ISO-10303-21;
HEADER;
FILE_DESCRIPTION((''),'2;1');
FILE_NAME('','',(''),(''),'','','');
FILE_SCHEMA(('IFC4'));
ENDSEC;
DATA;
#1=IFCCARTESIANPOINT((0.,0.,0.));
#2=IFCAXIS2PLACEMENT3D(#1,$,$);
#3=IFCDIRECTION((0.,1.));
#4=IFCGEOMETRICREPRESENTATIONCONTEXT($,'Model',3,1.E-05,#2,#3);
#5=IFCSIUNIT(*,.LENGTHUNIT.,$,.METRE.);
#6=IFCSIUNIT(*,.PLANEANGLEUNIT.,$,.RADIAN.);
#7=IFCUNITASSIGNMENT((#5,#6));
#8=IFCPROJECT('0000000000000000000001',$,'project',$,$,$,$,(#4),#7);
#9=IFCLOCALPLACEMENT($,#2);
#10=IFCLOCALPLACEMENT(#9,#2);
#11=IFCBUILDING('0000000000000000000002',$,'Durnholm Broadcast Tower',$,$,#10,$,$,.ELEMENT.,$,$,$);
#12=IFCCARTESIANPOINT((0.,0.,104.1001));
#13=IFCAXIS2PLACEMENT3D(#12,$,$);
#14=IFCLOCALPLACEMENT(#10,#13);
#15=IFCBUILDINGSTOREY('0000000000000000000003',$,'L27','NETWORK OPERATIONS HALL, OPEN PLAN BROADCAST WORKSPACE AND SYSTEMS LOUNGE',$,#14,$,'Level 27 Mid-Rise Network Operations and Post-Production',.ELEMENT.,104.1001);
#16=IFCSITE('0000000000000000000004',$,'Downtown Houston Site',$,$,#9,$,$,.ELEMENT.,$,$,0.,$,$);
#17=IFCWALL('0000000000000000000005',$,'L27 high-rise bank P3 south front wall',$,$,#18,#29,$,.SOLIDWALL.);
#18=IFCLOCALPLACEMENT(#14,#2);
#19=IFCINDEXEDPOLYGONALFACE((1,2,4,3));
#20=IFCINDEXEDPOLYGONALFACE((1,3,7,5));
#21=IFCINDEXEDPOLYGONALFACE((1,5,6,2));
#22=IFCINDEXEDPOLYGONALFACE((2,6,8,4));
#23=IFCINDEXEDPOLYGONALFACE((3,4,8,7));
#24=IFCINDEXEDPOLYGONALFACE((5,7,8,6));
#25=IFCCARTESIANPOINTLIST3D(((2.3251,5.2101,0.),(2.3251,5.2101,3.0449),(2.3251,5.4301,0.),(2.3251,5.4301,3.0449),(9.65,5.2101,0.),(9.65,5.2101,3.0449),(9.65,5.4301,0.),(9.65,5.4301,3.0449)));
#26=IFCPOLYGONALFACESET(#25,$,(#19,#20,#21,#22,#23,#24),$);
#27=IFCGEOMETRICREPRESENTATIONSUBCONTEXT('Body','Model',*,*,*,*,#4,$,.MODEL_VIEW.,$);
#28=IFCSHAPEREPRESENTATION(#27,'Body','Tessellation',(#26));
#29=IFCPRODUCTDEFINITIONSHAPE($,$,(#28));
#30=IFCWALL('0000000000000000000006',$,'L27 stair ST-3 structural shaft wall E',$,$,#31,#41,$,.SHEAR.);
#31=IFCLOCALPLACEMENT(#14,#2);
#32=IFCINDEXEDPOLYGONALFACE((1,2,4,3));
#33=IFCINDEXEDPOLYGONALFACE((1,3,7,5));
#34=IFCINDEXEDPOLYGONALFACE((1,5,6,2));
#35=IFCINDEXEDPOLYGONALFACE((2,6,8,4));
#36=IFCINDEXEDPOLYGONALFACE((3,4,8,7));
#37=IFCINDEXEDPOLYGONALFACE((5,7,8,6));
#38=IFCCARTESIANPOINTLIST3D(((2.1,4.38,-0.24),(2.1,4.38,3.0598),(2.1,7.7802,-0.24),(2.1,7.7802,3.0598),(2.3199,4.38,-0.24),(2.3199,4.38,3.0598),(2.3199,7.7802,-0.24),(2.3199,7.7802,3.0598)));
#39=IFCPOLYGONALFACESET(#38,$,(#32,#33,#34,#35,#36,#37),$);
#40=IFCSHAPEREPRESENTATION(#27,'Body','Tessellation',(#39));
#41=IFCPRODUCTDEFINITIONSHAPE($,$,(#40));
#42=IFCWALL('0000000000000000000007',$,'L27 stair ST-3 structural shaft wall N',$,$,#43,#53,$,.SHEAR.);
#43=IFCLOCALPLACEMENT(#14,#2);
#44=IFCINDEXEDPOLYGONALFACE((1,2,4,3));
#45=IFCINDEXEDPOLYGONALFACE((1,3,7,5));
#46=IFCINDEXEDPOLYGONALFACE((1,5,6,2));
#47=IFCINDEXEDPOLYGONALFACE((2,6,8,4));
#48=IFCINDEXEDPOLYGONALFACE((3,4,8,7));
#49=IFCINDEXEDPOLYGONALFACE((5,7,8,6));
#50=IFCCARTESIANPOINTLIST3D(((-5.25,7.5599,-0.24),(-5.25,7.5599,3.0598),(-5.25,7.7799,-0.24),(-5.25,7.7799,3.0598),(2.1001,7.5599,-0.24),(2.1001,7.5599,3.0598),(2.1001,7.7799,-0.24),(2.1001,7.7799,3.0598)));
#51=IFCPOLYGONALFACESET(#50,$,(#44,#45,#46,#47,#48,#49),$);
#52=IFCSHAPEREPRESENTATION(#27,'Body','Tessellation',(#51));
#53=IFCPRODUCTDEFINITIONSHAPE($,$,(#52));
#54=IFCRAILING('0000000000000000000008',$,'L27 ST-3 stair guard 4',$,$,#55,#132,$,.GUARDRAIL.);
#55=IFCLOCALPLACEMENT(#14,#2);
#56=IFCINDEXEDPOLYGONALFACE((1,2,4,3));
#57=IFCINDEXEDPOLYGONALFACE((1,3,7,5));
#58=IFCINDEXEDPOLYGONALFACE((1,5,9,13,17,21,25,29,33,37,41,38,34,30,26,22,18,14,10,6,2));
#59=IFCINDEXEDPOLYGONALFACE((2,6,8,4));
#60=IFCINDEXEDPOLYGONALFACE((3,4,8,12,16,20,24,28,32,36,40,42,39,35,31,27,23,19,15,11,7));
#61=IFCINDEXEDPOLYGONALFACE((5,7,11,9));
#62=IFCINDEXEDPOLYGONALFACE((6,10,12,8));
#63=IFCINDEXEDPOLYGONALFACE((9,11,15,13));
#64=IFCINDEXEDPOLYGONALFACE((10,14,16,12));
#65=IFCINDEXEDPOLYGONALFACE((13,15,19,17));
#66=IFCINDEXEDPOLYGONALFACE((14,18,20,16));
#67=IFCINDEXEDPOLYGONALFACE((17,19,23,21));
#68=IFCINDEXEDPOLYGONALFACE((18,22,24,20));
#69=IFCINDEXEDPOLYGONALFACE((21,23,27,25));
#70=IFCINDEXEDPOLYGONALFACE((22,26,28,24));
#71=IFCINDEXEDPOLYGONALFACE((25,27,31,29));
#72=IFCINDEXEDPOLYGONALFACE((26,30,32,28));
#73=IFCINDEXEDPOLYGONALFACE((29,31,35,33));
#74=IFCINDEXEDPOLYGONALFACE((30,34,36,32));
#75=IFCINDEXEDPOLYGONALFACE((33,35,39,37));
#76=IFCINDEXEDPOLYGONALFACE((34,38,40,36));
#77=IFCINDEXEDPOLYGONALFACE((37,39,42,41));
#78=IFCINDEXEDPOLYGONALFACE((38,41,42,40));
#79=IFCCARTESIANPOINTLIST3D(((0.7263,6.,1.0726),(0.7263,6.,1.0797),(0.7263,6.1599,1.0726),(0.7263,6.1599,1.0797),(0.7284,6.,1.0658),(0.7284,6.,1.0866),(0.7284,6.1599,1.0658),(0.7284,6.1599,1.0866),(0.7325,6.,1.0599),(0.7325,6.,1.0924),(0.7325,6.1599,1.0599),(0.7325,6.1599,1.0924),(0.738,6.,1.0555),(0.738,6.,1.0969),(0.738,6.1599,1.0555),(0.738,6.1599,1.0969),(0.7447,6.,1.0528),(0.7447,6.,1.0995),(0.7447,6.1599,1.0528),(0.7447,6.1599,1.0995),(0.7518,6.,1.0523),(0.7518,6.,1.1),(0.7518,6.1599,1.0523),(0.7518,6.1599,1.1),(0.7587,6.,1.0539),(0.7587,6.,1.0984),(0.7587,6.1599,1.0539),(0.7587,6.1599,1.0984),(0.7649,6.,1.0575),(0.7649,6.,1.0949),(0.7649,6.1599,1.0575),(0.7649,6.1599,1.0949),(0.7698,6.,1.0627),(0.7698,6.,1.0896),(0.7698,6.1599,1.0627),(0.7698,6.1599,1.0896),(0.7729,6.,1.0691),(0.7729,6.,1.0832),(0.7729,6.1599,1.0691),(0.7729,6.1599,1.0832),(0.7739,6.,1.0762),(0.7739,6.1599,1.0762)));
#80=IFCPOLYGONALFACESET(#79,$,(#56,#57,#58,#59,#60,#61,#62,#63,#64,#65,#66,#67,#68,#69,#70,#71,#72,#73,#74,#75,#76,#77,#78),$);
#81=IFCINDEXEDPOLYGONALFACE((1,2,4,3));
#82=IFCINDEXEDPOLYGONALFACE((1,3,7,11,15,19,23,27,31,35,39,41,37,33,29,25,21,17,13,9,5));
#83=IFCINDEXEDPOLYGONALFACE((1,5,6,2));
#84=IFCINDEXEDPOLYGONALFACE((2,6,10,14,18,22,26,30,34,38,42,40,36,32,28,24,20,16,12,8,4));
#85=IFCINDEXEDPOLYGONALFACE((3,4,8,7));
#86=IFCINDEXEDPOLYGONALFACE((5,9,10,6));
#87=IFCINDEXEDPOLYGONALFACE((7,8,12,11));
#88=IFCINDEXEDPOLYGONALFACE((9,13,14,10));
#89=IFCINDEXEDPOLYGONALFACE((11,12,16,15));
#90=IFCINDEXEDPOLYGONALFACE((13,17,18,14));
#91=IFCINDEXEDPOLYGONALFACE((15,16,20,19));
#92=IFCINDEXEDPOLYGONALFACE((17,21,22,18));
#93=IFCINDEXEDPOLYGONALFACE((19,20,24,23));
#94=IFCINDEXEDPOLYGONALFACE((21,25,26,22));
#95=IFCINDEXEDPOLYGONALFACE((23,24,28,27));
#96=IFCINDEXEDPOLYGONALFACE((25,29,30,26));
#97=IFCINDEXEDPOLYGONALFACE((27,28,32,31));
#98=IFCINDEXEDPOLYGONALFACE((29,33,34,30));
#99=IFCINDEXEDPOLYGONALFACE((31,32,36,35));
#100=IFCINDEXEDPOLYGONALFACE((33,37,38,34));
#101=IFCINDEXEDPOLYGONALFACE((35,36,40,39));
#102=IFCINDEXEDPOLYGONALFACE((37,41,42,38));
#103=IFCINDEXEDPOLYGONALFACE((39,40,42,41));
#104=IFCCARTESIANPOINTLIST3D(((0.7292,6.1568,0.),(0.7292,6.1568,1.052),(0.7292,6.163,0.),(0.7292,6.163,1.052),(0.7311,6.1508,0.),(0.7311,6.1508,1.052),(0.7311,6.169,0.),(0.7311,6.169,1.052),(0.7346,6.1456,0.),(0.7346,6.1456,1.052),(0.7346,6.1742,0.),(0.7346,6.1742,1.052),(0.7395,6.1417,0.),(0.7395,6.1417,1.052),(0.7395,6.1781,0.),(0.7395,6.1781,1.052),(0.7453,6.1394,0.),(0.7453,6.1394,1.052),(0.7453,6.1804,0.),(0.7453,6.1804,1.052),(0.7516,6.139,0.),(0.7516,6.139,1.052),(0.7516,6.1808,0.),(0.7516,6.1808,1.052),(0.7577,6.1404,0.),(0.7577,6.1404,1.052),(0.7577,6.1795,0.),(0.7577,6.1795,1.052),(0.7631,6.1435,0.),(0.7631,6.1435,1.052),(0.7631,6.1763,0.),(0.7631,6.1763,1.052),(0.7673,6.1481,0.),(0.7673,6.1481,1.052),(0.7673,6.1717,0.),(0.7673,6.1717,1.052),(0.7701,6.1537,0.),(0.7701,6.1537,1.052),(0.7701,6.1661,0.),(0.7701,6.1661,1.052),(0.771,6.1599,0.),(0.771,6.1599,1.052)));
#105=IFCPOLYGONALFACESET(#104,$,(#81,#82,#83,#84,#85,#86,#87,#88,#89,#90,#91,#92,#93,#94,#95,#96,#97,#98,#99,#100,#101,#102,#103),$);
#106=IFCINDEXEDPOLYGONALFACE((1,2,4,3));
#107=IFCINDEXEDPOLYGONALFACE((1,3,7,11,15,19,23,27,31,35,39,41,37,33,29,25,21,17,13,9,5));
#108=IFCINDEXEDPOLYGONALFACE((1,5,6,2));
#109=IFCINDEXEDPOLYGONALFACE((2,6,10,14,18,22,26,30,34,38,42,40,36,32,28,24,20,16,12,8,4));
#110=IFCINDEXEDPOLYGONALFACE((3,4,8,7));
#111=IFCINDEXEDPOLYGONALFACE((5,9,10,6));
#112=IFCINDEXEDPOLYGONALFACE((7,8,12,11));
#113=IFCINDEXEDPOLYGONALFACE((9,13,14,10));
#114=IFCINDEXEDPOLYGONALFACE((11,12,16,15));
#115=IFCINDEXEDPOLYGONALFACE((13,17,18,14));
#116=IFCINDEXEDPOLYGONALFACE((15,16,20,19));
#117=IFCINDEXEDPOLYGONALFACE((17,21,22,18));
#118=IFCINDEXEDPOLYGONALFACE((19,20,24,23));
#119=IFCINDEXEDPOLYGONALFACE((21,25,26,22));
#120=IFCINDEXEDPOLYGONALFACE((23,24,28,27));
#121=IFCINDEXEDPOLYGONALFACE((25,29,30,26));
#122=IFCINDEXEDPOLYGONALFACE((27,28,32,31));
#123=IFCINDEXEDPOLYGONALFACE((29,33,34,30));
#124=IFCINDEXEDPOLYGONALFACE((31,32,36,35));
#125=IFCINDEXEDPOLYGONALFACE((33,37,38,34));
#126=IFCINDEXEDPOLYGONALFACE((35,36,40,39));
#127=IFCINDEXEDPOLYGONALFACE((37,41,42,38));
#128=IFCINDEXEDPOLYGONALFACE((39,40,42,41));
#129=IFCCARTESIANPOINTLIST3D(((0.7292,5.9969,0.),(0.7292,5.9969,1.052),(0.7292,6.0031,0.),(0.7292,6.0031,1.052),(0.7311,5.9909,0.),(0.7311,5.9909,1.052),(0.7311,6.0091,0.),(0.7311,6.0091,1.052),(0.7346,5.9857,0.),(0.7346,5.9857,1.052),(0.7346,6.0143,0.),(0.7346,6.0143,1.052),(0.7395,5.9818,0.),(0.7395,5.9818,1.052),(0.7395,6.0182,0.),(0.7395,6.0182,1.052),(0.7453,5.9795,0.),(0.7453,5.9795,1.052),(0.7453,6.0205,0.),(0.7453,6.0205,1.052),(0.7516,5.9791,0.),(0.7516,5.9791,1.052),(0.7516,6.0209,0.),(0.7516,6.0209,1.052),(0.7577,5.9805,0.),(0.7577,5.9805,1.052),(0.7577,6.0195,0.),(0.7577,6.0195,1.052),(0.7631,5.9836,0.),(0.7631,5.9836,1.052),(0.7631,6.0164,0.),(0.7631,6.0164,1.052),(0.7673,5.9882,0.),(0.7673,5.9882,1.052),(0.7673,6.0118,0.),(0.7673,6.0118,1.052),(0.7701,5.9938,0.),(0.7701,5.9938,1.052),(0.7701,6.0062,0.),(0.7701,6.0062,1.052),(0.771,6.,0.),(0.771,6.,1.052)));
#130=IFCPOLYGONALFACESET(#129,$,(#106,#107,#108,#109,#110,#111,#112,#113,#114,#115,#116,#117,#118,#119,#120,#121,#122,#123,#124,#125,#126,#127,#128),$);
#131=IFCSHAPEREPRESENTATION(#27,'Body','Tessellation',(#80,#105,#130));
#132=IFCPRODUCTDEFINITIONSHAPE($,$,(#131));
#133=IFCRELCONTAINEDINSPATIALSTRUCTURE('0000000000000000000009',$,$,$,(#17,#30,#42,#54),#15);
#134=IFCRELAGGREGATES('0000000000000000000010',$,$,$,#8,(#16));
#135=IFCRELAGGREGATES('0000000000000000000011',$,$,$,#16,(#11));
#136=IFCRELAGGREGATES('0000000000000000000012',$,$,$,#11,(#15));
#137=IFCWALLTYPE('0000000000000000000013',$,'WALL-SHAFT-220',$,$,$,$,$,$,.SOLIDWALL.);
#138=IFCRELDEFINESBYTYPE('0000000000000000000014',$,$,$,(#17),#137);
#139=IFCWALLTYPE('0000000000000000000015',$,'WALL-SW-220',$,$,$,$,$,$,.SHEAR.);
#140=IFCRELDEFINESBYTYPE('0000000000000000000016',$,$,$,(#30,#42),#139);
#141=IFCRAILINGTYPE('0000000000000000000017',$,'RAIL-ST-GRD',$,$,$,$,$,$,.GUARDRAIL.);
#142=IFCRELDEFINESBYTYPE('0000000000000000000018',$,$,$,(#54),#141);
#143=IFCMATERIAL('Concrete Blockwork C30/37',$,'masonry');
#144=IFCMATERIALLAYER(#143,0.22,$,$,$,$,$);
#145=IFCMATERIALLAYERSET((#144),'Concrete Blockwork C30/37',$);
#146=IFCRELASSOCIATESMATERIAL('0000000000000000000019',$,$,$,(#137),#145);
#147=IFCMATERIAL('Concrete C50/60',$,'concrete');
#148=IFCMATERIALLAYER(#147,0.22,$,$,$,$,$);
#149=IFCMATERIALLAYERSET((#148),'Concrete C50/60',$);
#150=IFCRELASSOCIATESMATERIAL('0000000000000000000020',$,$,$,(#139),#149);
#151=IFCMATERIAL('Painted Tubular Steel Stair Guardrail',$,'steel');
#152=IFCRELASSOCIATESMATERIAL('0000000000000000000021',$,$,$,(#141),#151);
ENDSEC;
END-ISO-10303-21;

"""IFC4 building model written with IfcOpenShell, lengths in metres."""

from ifc_helpers import new_model, si_unit, direction, frame, frame_2d, origin, origin_2d, place, context, subcontext, project, spatial, rectangle, circle, extrude, material, layer, layer_set, type_object, element, save


model = new_model("IFC4")

# Units and contexts
model_context = context("Model", 3, precision=1e-05, world=origin(), true_north=direction((0.0, 1.0)))
body_context = subcontext(model_context, "Body", "Model", "MODEL_VIEW")
ifc_project = project(units=[si_unit("LENGTHUNIT", "METRE"), si_unit("PLANEANGLEUNIT", "RADIAN")], contexts=[model_context])

# Site, building, storey
site_placement = place(None, origin())
site = spatial("IfcSite", under=ifc_project, at=site_placement, Name="Downtown Houston Site", CompositionType="ELEMENT", RefElevation=0.0)
building_placement = place(site_placement, origin())
building = spatial("IfcBuilding", under=site, at=building_placement, Name="Durnholm Broadcast Tower", CompositionType="ELEMENT")
storey_placement = place(building_placement, frame((0.0, 0.0, 104.1001)))
storey = spatial("IfcBuildingStorey", under=building, at=storey_placement, Name="L27", Description="NETWORK OPERATIONS HALL, OPEN PLAN BROADCAST WORKSPACE AND SYSTEMS LOUNGE", LongName="Level 27 Mid-Rise Network Operations and Post-Production", CompositionType="ELEMENT", Elevation=104.1001)

# Shared definitions
ifc_material_1 = material(Name="Concrete Blockwork C30/37", Category="masonry")
ifc_layer_1 = layer(ifc_material_1, 0.22)
ifc_layer_set_1 = layer_set([ifc_layer_1], Name="Concrete Blockwork C30/37")
wall_type_1 = type_object("IfcWallType", Name="WALL-SHAFT-220", PredefinedType="SOLIDWALL", material=ifc_layer_set_1)

# Walls
wall_1_placement = place(storey_placement, frame((2.325, 5.3201, 0.0), z_axis=(0.0, 0.0, 1.0), x_axis=(1.0, 0.0, 0.0)))
element("IfcWall", 1, at=wall_1_placement, inside=storey, type_object=wall_type_1, Name="L27 high-rise bank P3 south front wall", PredefinedType="SOLIDWALL", context=body_context, shape_type="SweptSolid", body=[
    extrude(rectangle(XDim=7.325, YDim=0.22, at=frame_2d((3.6626, 0.0))), origin(), (0.0, 0.0, 1.0), 3.0449),
])
ifc_material_2 = material(Name="Concrete C50/60", Category="concrete")
ifc_layer_2 = layer(ifc_material_2, 0.22)
ifc_layer_set_2 = layer_set([ifc_layer_2], Name="Concrete C50/60")
wall_type_2 = type_object("IfcWallType", Name="WALL-SW-220", PredefinedType="SHEAR", material=ifc_layer_set_2)
wall_2_placement = place(storey_placement, frame((2.21, 4.3799, -0.24), z_axis=(0.0, 0.0, 1.0), x_axis=(0.0, 1.0, 0.0)))
element("IfcWall", 2, at=wall_2_placement, inside=storey, type_object=wall_type_2, Name="L27 stair ST-3 structural shaft wall E", PredefinedType="SHEAR", context=body_context, shape_type="SweptSolid", body=[
    extrude(rectangle(XDim=3.4001, YDim=0.22, at=frame_2d((1.7002, 0.0))), origin(), (0.0, 0.0, 1.0), 3.2998),
])
wall_3_placement = place(storey_placement, frame((2.1001, 7.6699, -0.24), z_axis=(0.0, 0.0, 1.0), x_axis=(-1.0, 0.0, 0.0)))
element("IfcWall", 3, at=wall_3_placement, inside=storey, type_object=wall_type_2, Name="L27 stair ST-3 structural shaft wall N", PredefinedType="SHEAR", context=body_context, shape_type="SweptSolid", body=[
    extrude(rectangle(XDim=7.3501, YDim=0.22, at=frame_2d((3.675, 0.0))), origin(), (0.0, 0.0, 1.0), 3.2998),
])

# Railing
ifc_material_3 = material(Name="Painted Tubular Steel Stair Guardrail", Category="steel")
railing_type_1 = type_object("IfcRailingType", Name="RAIL-ST-GRD", PredefinedType="GUARDRAIL", material=ifc_material_3)
railing_1_placement = place(storey_placement, frame((0.75, 6.1599, 0.0)))
element("IfcRailing", 4, at=railing_1_placement, inside=storey, type_object=railing_type_1, Name="L27 ST-3 stair guard 4", PredefinedType="GUARDRAIL", context=body_context, shape_type="SweptSolid", body=[
    extrude(circle(Radius=0.0239, at=origin_2d()), frame((0.0, 0.0, 1.0762), z_axis=(0.0, -1.0, 0.0), x_axis=(1.0, 0.0, 0.0)), (0.0, 0.0, 1.0), 0.1599),
    extrude(circle(Radius=0.021, at=origin_2d()), origin(), (0.0, 0.0, 1.0), 1.052),
    extrude(circle(Radius=0.021, at=origin_2d()), frame((0.0, -0.1599, 0.0)), (0.0, 0.0, 1.0), 1.052),
])

save(model, "model.ifc")
